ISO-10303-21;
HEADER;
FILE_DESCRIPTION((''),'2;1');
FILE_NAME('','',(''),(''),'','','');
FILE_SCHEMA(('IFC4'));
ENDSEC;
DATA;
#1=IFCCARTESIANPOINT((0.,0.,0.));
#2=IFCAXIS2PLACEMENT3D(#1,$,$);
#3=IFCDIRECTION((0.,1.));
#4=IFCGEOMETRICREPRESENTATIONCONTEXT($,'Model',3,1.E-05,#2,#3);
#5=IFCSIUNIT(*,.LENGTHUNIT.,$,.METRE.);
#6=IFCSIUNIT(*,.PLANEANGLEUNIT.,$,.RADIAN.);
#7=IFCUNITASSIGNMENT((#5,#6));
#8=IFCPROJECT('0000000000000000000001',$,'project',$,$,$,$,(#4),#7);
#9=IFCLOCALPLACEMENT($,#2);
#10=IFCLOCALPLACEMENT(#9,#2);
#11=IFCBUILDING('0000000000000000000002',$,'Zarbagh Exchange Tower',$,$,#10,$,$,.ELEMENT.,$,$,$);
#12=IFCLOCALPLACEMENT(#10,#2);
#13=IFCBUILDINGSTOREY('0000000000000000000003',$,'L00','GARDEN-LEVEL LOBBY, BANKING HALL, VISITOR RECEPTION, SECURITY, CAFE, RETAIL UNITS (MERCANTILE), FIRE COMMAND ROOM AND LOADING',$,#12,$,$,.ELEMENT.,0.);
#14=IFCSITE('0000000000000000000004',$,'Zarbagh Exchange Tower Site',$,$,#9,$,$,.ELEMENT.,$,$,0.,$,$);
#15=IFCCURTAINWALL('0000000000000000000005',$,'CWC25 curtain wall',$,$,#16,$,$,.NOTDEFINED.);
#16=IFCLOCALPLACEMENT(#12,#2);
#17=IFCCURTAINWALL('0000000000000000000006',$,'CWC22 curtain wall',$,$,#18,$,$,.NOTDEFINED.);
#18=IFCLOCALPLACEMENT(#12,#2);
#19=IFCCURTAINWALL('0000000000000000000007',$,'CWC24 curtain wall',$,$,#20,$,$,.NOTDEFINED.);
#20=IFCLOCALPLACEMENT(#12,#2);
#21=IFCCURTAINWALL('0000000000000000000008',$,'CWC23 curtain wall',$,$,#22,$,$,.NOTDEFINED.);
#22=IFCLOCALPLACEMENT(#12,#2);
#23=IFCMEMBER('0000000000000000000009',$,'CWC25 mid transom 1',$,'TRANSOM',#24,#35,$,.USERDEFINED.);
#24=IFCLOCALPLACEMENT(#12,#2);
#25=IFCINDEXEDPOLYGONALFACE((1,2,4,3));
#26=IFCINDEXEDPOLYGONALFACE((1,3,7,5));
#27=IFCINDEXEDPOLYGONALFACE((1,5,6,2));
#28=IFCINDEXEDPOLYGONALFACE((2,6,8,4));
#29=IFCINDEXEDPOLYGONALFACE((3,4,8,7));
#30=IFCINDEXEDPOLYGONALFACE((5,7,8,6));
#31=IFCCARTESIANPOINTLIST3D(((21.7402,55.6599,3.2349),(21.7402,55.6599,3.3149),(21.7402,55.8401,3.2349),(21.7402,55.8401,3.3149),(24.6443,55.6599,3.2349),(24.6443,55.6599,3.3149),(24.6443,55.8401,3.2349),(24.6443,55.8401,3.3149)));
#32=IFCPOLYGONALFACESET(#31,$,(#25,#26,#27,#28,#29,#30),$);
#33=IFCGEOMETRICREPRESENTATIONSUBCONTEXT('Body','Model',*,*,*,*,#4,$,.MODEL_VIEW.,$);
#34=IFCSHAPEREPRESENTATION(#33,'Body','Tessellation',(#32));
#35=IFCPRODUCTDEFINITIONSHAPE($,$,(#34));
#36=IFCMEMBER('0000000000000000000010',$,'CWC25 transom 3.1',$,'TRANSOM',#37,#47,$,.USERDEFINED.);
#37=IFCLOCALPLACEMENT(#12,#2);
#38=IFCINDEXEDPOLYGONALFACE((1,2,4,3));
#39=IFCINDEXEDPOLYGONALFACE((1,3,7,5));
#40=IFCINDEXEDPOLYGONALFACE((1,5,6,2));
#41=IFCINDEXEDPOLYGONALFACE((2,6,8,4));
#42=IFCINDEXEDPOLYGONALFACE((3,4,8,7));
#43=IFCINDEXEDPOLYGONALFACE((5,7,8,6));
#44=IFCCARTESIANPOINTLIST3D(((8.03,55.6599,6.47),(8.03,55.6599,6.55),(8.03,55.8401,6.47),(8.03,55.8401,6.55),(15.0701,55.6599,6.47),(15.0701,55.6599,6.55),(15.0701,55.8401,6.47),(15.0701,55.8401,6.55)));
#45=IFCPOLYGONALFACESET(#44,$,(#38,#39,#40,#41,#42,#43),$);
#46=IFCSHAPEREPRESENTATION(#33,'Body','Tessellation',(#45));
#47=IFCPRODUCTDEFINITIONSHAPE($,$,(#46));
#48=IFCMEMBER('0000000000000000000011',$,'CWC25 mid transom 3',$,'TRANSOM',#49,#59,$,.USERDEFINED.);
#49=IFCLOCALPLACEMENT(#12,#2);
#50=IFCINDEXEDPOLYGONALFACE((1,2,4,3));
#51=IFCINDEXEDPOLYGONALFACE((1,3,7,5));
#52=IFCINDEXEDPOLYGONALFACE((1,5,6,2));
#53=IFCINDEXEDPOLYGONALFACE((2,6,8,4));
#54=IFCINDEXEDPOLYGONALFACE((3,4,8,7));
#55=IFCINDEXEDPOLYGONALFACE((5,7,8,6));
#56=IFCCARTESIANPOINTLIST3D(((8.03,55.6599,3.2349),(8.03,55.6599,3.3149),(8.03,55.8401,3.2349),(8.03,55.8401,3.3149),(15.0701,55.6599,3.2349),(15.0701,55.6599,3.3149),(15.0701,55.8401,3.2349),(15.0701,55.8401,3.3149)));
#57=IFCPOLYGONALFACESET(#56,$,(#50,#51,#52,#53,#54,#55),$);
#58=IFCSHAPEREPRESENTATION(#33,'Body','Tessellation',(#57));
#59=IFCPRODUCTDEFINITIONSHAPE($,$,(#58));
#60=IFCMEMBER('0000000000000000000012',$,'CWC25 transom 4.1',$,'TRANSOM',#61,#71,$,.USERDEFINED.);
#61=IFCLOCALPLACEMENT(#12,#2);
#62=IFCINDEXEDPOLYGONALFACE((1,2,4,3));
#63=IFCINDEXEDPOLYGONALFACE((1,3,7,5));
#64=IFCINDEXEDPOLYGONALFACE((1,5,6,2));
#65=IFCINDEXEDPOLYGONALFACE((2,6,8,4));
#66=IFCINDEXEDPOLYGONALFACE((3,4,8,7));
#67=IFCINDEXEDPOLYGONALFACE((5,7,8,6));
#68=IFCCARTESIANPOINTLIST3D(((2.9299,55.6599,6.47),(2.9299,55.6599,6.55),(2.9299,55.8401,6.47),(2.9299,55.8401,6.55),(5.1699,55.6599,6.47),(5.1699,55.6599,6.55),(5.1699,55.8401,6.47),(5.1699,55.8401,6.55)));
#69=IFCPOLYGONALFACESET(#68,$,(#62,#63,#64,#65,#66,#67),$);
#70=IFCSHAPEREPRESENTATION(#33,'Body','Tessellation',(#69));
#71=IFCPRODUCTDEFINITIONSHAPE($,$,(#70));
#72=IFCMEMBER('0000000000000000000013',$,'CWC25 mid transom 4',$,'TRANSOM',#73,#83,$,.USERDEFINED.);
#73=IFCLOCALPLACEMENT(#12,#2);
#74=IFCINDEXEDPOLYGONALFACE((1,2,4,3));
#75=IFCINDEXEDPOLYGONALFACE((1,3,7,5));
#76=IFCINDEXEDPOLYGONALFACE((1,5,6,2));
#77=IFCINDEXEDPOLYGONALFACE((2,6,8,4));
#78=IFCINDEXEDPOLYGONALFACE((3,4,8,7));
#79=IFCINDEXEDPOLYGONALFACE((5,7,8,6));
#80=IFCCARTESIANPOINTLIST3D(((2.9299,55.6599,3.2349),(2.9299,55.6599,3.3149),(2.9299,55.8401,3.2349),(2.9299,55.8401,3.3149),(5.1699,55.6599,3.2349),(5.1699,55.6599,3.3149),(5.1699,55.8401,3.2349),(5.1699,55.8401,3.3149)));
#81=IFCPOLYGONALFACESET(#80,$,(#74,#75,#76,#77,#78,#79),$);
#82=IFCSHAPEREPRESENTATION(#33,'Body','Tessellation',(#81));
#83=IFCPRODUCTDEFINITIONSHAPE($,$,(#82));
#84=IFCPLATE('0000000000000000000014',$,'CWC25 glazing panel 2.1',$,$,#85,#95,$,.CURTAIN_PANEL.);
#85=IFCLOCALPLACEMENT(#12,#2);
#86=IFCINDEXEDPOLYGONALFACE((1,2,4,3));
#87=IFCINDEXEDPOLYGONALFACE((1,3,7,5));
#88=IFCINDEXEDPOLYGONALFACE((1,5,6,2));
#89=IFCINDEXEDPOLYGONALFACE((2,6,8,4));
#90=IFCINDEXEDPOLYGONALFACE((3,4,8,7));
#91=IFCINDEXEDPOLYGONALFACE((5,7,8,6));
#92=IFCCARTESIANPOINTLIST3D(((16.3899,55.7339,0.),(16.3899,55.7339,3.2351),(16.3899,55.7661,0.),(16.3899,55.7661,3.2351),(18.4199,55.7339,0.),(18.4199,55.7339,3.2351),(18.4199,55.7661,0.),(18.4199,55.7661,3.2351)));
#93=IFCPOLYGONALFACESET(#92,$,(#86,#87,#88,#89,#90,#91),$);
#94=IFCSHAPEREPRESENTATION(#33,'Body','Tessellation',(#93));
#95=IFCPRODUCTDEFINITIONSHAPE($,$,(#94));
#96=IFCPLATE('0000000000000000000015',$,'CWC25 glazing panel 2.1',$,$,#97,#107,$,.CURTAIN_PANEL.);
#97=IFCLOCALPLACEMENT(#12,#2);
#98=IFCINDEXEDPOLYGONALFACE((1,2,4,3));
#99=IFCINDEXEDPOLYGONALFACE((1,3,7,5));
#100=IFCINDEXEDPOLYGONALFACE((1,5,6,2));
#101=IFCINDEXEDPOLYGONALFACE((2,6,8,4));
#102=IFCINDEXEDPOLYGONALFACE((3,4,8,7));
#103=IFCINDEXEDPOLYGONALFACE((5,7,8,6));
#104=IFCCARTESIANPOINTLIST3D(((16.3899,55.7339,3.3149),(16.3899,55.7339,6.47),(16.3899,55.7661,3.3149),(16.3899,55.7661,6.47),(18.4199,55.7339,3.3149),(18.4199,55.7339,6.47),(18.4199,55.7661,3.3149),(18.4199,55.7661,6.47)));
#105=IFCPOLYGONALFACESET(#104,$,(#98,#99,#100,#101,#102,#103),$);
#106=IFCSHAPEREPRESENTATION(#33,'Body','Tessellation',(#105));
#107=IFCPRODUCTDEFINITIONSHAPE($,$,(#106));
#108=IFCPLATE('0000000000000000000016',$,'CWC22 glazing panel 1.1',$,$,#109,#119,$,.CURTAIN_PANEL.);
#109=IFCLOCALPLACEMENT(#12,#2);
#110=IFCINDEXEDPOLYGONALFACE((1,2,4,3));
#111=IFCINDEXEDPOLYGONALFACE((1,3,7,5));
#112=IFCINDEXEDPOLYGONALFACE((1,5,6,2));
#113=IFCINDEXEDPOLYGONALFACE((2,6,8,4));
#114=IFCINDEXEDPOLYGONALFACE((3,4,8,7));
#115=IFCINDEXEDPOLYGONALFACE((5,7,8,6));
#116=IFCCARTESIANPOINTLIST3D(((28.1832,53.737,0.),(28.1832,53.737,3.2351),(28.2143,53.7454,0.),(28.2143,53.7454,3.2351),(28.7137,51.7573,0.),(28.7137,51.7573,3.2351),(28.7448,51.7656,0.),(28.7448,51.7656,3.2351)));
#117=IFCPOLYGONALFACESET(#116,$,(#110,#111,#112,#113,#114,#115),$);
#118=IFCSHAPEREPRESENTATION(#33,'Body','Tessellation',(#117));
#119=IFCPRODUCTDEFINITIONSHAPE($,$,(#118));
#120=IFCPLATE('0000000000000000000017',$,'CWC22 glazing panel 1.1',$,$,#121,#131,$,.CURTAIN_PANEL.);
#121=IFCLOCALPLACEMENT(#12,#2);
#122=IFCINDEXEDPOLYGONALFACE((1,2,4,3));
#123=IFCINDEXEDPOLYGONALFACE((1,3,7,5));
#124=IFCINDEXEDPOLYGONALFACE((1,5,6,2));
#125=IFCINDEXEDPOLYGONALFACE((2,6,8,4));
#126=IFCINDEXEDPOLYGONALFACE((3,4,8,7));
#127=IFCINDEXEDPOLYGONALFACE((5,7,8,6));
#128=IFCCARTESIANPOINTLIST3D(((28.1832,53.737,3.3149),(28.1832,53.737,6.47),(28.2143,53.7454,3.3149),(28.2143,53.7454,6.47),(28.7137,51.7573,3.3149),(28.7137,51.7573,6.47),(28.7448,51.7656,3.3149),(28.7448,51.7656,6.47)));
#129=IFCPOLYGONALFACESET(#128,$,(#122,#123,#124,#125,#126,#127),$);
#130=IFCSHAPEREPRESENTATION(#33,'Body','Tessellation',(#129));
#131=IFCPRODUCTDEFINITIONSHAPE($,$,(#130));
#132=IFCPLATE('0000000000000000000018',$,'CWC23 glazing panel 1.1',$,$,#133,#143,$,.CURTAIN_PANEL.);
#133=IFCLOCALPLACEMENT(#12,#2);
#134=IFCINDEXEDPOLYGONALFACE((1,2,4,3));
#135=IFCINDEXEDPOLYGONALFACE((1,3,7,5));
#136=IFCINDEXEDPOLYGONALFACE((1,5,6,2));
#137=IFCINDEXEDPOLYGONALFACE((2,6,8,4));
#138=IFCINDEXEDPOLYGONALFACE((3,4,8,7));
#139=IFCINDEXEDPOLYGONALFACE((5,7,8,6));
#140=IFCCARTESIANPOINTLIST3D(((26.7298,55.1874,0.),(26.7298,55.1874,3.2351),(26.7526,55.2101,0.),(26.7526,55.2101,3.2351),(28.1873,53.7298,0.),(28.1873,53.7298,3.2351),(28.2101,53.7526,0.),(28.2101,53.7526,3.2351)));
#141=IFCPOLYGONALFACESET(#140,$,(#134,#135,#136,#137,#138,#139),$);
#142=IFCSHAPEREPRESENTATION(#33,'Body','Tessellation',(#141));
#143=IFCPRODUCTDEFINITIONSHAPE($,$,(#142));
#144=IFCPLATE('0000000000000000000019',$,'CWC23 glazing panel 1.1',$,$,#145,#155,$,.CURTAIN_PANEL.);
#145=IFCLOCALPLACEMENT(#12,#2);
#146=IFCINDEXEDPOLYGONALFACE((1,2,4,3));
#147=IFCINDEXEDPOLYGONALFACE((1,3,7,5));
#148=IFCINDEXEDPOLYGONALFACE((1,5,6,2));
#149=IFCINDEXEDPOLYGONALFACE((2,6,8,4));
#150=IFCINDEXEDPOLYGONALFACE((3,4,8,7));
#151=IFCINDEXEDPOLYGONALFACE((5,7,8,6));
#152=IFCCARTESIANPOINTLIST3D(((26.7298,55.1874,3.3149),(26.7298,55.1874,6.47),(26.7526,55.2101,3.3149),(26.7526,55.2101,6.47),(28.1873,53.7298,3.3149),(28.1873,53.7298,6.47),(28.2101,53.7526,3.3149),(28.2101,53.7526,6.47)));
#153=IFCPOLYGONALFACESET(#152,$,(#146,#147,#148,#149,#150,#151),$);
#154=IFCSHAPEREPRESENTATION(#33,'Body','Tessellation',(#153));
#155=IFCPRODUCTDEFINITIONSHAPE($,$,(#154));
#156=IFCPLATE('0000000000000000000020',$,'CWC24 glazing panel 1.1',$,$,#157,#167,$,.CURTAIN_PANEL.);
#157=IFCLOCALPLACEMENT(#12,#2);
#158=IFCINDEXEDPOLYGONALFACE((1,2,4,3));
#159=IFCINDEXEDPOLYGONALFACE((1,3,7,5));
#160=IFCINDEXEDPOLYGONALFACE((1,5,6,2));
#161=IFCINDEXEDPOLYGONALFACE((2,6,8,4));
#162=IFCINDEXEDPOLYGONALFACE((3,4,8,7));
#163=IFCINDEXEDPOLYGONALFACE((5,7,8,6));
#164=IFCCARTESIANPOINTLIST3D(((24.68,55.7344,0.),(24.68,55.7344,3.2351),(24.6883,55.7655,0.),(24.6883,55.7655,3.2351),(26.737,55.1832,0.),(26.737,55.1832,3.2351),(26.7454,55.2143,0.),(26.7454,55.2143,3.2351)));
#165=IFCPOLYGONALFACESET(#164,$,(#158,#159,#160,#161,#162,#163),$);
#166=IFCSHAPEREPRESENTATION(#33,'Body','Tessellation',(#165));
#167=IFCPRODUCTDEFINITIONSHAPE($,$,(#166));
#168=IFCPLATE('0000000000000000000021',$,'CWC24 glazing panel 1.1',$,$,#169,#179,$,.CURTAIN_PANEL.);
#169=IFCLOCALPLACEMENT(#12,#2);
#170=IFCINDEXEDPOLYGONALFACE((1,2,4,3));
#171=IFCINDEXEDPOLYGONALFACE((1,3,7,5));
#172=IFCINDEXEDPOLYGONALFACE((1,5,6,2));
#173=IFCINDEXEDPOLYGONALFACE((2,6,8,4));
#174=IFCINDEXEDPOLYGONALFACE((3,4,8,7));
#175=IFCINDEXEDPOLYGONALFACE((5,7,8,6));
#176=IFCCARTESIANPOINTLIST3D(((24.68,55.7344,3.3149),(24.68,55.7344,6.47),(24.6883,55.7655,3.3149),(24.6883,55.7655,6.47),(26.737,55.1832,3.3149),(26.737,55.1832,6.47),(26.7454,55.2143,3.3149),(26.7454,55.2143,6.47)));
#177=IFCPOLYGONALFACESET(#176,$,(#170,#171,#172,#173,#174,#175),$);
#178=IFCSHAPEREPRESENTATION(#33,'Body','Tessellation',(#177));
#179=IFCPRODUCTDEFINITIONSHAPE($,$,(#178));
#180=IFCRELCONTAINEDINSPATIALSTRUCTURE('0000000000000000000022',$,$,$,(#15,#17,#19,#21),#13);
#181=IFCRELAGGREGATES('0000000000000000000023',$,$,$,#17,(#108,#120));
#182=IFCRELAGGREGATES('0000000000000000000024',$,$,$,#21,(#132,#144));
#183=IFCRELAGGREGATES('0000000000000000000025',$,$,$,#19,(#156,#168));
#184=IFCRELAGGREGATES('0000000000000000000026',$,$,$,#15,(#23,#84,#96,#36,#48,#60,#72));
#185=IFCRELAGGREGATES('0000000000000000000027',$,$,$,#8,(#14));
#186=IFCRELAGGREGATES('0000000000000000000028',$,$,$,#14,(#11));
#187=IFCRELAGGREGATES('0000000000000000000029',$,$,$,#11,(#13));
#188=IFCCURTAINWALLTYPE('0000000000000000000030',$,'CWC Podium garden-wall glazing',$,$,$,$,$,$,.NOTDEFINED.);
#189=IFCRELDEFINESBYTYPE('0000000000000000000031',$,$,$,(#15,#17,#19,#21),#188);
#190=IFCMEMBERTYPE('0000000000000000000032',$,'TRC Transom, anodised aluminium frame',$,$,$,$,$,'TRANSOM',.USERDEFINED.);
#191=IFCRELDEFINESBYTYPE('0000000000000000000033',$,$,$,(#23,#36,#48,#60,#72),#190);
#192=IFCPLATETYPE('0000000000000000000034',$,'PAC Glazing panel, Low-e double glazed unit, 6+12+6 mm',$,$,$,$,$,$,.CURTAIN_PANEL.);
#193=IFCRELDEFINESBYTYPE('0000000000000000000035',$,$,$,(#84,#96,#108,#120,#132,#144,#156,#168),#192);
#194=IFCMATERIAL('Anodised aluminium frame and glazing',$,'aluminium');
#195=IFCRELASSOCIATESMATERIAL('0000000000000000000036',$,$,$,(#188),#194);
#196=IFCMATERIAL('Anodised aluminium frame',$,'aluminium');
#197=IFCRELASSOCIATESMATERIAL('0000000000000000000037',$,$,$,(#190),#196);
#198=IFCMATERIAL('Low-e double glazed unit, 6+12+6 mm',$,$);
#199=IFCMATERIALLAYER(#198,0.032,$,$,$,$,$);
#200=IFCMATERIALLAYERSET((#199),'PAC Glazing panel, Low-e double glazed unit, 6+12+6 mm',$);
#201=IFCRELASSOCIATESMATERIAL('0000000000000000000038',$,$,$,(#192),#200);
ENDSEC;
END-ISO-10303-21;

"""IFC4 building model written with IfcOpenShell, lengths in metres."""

from ifc_helpers import new_model, si_unit, direction, origin, place, context, subcontext, project, spatial, polyline, outline, extrude, source, transform, mapped, material, layer, layer_set, type_object, element, aggregate, save


model = new_model("IFC4")

# Units and contexts
model_context = context("Model", 3, precision=1e-05, world=origin(), true_north=direction((0.0, 1.0)))
body_context = subcontext(model_context, "Body", "Model", "MODEL_VIEW")
ifc_project = project(units=[si_unit("LENGTHUNIT", "METRE"), si_unit("PLANEANGLEUNIT", "RADIAN")], contexts=[model_context])

# Site, building, storey
site_placement = place(None, origin())
site = spatial("IfcSite", under=ifc_project, at=site_placement, Name="Zarbagh Exchange Tower Site", CompositionType="ELEMENT", RefElevation=0.0)
building_placement = place(site_placement, origin())
building = spatial("IfcBuilding", under=site, at=building_placement, Name="Zarbagh Exchange Tower", CompositionType="ELEMENT")
storey_placement = place(building_placement, origin())
storey = spatial("IfcBuildingStorey", under=building, at=storey_placement, Name="L00", Description="GARDEN-LEVEL LOBBY, BANKING HALL, VISITOR RECEPTION, SECURITY, CAFE, RETAIL UNITS (MERCANTILE), FIRE COMMAND ROOM AND LOADING", CompositionType="ELEMENT", Elevation=0.0)

# Curtain wall
ifc_material_1 = material(Name="Anodised aluminium frame and glazing", Category="aluminium")
curtain_wall_type = type_object("IfcCurtainWallType", Name="CWC Podium garden-wall glazing", PredefinedType="NOTDEFINED", material=ifc_material_1)
curtain_wall_1_placement = place(storey_placement, origin())
curtain_wall_1 = element("IfcCurtainWall", 1, at=curtain_wall_1_placement, inside=storey, type_object=curtain_wall_type, Name="CWC25 curtain wall", PredefinedType="NOTDEFINED")
ifc_material_2 = material(Name="Anodised aluminium frame", Category="aluminium")
placement = place(storey_placement, origin())
member_type_1 = type_object("IfcMemberType", Name="TRC Transom, anodised aluminium frame", ElementType="TRANSOM", PredefinedType="USERDEFINED", material=ifc_material_2)

# Curtain walls
curtain_wall_2_placement = place(storey_placement, origin())
curtain_wall_2 = element("IfcCurtainWall", 2, at=curtain_wall_2_placement, inside=storey, type_object=curtain_wall_type, Name="CWC22 curtain wall", PredefinedType="NOTDEFINED")
curtain_wall_3_placement = place(storey_placement, origin())
curtain_wall_3 = element("IfcCurtainWall", 3, at=curtain_wall_3_placement, inside=storey, type_object=curtain_wall_type, Name="CWC24 curtain wall", PredefinedType="NOTDEFINED")

# Curtain wall
curtain_wall_4_placement = place(storey_placement, origin())
curtain_wall_4 = element("IfcCurtainWall", 4, at=curtain_wall_4_placement, inside=storey, type_object=curtain_wall_type, Name="CWC23 curtain wall", PredefinedType="NOTDEFINED")

# Members
shared_shape_1 = source(origin(), body_context, "Body", "SweptSolid", [
    extrude(outline(polyline([(-0.04, -0.0901), (0.04, -0.0901), (0.04, 0.0901), (-0.04, 0.0901), (-0.04, -0.0901)])), origin(), (0.0, 0.0, 1.0), 2.9041),
])
member_1 = element("IfcMember", 5, at=placement, type_object=member_type_1, Name="CWC25 mid transom 1", ObjectType="TRANSOM", PredefinedType="USERDEFINED", context=body_context, shape_type="MappedRepresentation", body=[
    mapped(shared_shape_1, transform((24.6443, 55.75, 3.2749), x_axis=(0.0, 0.0, 1.0), y_axis=(0.0, 1.0, 0.0), z_axis=(-1.0, 0.0, 0.0))),
])
shared_shape_2 = source(origin(), body_context, "Body", "SweptSolid", [
    extrude(outline(polyline([(-0.0801, -0.0901), (0.0, -0.0901), (0.0, 0.0901), (-0.0801, 0.0901), (-0.0801, -0.0901)])), origin(), (0.0, 0.0, 1.0), 7.04),
])
member_2 = element("IfcMember", 6, at=placement, type_object=member_type_1, Name="CWC25 transom 3.1", ObjectType="TRANSOM", PredefinedType="USERDEFINED", context=body_context, shape_type="MappedRepresentation", body=[
    mapped(shared_shape_2, transform((15.0701, 55.75, 6.55), x_axis=(0.0, 0.0, 1.0), y_axis=(0.0, 1.0, 0.0), z_axis=(-1.0, 0.0, 0.0))),
])
shared_shape_3 = source(origin(), body_context, "Body", "SweptSolid", [
    extrude(outline(polyline([(-0.04, -0.0901), (0.04, -0.0901), (0.04, 0.0901), (-0.04, 0.0901), (-0.04, -0.0901)])), origin(), (0.0, 0.0, 1.0), 7.04),
])
member_3 = element("IfcMember", 7, at=placement, type_object=member_type_1, Name="CWC25 mid transom 3", ObjectType="TRANSOM", PredefinedType="USERDEFINED", context=body_context, shape_type="MappedRepresentation", body=[
    mapped(shared_shape_3, transform((15.0701, 55.75, 3.2749), x_axis=(0.0, 0.0, 1.0), y_axis=(0.0, 1.0, 0.0), z_axis=(-1.0, 0.0, 0.0))),
])
shared_shape_4 = source(origin(), body_context, "Body", "SweptSolid", [
    extrude(outline(polyline([(-0.0801, -0.0901), (0.0, -0.0901), (0.0, 0.0901), (-0.0801, 0.0901), (-0.0801, -0.0901)])), origin(), (0.0, 0.0, 1.0), 2.24),
])
member_4 = element("IfcMember", 8, at=placement, type_object=member_type_1, Name="CWC25 transom 4.1", ObjectType="TRANSOM", PredefinedType="USERDEFINED", context=body_context, shape_type="MappedRepresentation", body=[
    mapped(shared_shape_4, transform((5.1699, 55.75, 6.55), x_axis=(0.0, 0.0, 1.0), y_axis=(0.0, 1.0, 0.0), z_axis=(-1.0, 0.0, 0.0))),
])
shared_shape_5 = source(origin(), body_context, "Body", "SweptSolid", [
    extrude(outline(polyline([(-0.04, -0.0901), (0.04, -0.0901), (0.04, 0.0901), (-0.04, 0.0901), (-0.04, -0.0901)])), origin(), (0.0, 0.0, 1.0), 2.24),
])
member_5 = element("IfcMember", 9, at=placement, type_object=member_type_1, Name="CWC25 mid transom 4", ObjectType="TRANSOM", PredefinedType="USERDEFINED", context=body_context, shape_type="MappedRepresentation", body=[
    mapped(shared_shape_5, transform((5.1699, 55.75, 3.2749), x_axis=(0.0, 0.0, 1.0), y_axis=(0.0, 1.0, 0.0), z_axis=(-1.0, 0.0, 0.0))),
])

# Plates
ifc_material_3 = material(Name="Low-e double glazed unit, 6+12+6 mm")
ifc_layer = layer(ifc_material_3, 0.032)
ifc_layer_set = layer_set([ifc_layer], Name="PAC Glazing panel, Low-e double glazed unit, 6+12+6 mm")
plate_type = type_object("IfcPlateType", Name="PAC Glazing panel, Low-e double glazed unit, 6+12+6 mm", PredefinedType="CURTAIN_PANEL", material=ifc_layer_set)
shared_shape_6 = source(origin(), body_context, "Body", "SweptSolid", [
    extrude(outline(polyline([(0.0, -0.0161), (2.03, -0.0161), (2.03, 0.0161), (0.0, 0.0161), (0.0, -0.0161)])), origin(), (0.0, 0.0, 1.0), 3.2351),
])
plate_1 = element("IfcPlate", 10, at=placement, type_object=plate_type, Name="CWC25 glazing panel 2.1", PredefinedType="CURTAIN_PANEL", context=body_context, shape_type="MappedRepresentation", body=[
    mapped(shared_shape_6, transform((18.4199, 55.75, 0.0), x_axis=(-1.0, 0.0, 0.0), y_axis=(0.0, -1.0, 0.0), z_axis=(0.0, 0.0, 1.0))),
])
shared_shape_7 = source(origin(), body_context, "Body", "SweptSolid", [
    extrude(outline(polyline([(0.0, -0.0161), (2.03, -0.0161), (2.03, 0.0161), (0.0, 0.0161), (0.0, -0.0161)])), origin(), (0.0, 0.0, 1.0), 3.155),
])
plate_2 = element("IfcPlate", 11, at=placement, type_object=plate_type, Name="CWC25 glazing panel 2.1", PredefinedType="CURTAIN_PANEL", context=body_context, shape_type="MappedRepresentation", body=[
    mapped(shared_shape_7, transform((18.4199, 55.75, 3.3149), x_axis=(-1.0, 0.0, 0.0), y_axis=(0.0, -1.0, 0.0), z_axis=(0.0, 0.0, 1.0))),
])
shared_shape_8 = source(origin(), body_context, "Body", "SweptSolid", [
    extrude(outline(polyline([(0.0, -0.0161), (2.0496, -0.0161), (2.0496, 0.0161), (0.0, 0.0161), (0.0, -0.0161)])), origin(), (0.0, 0.0, 1.0), 3.2351),
])
plate_3 = element("IfcPlate", 12, at=placement, type_object=plate_type, Name="CWC22 glazing panel 1.1", PredefinedType="CURTAIN_PANEL", context=body_context, shape_type="MappedRepresentation", body=[
    mapped(shared_shape_8, transform((28.7292, 51.7615, 0.0), x_axis=(-0.258825, 0.965924, 0.0), y_axis=(-0.965924, -0.258825, 0.0), z_axis=(0.0, 0.0, 1.0))),
])
shared_shape_9 = source(origin(), body_context, "Body", "SweptSolid", [
    extrude(outline(polyline([(0.0, -0.0161), (2.0496, -0.0161), (2.0496, 0.0161), (0.0, 0.0161), (0.0, -0.0161)])), origin(), (0.0, 0.0, 1.0), 3.155),
])
plate_4 = element("IfcPlate", 13, at=placement, type_object=plate_type, Name="CWC22 glazing panel 1.1", PredefinedType="CURTAIN_PANEL", context=body_context, shape_type="MappedRepresentation", body=[
    mapped(shared_shape_9, transform((28.7292, 51.7615, 3.3149), x_axis=(-0.258825, 0.965924, 0.0), y_axis=(-0.965924, -0.258825, 0.0), z_axis=(0.0, 0.0, 1.0))),
])
aggregate(curtain_wall_2, [plate_3, plate_4])
shared_shape_10 = source(origin(), body_context, "Body", "SweptSolid", [
    extrude(outline(polyline([(0.0, -0.0161), (2.0613, -0.0161), (2.0613, 0.0161), (0.0, 0.0161), (0.0, -0.0161)])), origin(), (0.0, 0.0, 1.0), 3.2351),
])
plate_5 = element("IfcPlate", 14, at=placement, type_object=plate_type, Name="CWC23 glazing panel 1.1", PredefinedType="CURTAIN_PANEL", context=body_context, shape_type="MappedRepresentation", body=[
    mapped(shared_shape_10, transform((28.1987, 53.7412, 0.0), x_axis=(-0.707107, 0.707107, 0.0), y_axis=(-0.707107, -0.707107, 0.0), z_axis=(0.0, 0.0, 1.0))),
])
shared_shape_11 = source(origin(), body_context, "Body", "SweptSolid", [
    extrude(outline(polyline([(0.0, -0.0161), (2.0613, -0.0161), (2.0613, 0.0161), (0.0, 0.0161), (0.0, -0.0161)])), origin(), (0.0, 0.0, 1.0), 3.155),
])
plate_6 = element("IfcPlate", 15, at=placement, type_object=plate_type, Name="CWC23 glazing panel 1.1", PredefinedType="CURTAIN_PANEL", context=body_context, shape_type="MappedRepresentation", body=[
    mapped(shared_shape_11, transform((28.1987, 53.7412, 3.3149), x_axis=(-0.707107, 0.707107, 0.0), y_axis=(-0.707107, -0.707107, 0.0), z_axis=(0.0, 0.0, 1.0))),
])
aggregate(curtain_wall_4, [plate_5, plate_6])
shared_shape_12 = source(origin(), body_context, "Body", "SweptSolid", [
    extrude(outline(polyline([(0.0, -0.0161), (2.1296, -0.0161), (2.1296, 0.0161), (0.0, 0.0161), (0.0, -0.0161)])), origin(), (0.0, 0.0, 1.0), 3.2351),
])
plate_7 = element("IfcPlate", 16, at=placement, type_object=plate_type, Name="CWC24 glazing panel 1.1", PredefinedType="CURTAIN_PANEL", context=body_context, shape_type="MappedRepresentation", body=[
    mapped(shared_shape_12, transform((26.7412, 55.1987, 0.0), x_axis=(-0.965924, 0.258825, 0.0), y_axis=(-0.258825, -0.965924, 0.0), z_axis=(0.0, 0.0, 1.0))),
])
shared_shape_13 = source(origin(), body_context, "Body", "SweptSolid", [
    extrude(outline(polyline([(0.0, -0.0161), (2.1296, -0.0161), (2.1296, 0.0161), (0.0, 0.0161), (0.0, -0.0161)])), origin(), (0.0, 0.0, 1.0), 3.155),
])
plate_8 = element("IfcPlate", 17, at=placement, type_object=plate_type, Name="CWC24 glazing panel 1.1", PredefinedType="CURTAIN_PANEL", context=body_context, shape_type="MappedRepresentation", body=[
    mapped(shared_shape_13, transform((26.7412, 55.1987, 3.3149), x_axis=(-0.965924, 0.258825, 0.0), y_axis=(-0.258825, -0.965924, 0.0), z_axis=(0.0, 0.0, 1.0))),
])
aggregate(curtain_wall_3, [plate_7, plate_8])
aggregate(curtain_wall_1, [member_1, plate_1, plate_2, member_2, member_3, member_4, member_5])

save(model, "model.ifc")
